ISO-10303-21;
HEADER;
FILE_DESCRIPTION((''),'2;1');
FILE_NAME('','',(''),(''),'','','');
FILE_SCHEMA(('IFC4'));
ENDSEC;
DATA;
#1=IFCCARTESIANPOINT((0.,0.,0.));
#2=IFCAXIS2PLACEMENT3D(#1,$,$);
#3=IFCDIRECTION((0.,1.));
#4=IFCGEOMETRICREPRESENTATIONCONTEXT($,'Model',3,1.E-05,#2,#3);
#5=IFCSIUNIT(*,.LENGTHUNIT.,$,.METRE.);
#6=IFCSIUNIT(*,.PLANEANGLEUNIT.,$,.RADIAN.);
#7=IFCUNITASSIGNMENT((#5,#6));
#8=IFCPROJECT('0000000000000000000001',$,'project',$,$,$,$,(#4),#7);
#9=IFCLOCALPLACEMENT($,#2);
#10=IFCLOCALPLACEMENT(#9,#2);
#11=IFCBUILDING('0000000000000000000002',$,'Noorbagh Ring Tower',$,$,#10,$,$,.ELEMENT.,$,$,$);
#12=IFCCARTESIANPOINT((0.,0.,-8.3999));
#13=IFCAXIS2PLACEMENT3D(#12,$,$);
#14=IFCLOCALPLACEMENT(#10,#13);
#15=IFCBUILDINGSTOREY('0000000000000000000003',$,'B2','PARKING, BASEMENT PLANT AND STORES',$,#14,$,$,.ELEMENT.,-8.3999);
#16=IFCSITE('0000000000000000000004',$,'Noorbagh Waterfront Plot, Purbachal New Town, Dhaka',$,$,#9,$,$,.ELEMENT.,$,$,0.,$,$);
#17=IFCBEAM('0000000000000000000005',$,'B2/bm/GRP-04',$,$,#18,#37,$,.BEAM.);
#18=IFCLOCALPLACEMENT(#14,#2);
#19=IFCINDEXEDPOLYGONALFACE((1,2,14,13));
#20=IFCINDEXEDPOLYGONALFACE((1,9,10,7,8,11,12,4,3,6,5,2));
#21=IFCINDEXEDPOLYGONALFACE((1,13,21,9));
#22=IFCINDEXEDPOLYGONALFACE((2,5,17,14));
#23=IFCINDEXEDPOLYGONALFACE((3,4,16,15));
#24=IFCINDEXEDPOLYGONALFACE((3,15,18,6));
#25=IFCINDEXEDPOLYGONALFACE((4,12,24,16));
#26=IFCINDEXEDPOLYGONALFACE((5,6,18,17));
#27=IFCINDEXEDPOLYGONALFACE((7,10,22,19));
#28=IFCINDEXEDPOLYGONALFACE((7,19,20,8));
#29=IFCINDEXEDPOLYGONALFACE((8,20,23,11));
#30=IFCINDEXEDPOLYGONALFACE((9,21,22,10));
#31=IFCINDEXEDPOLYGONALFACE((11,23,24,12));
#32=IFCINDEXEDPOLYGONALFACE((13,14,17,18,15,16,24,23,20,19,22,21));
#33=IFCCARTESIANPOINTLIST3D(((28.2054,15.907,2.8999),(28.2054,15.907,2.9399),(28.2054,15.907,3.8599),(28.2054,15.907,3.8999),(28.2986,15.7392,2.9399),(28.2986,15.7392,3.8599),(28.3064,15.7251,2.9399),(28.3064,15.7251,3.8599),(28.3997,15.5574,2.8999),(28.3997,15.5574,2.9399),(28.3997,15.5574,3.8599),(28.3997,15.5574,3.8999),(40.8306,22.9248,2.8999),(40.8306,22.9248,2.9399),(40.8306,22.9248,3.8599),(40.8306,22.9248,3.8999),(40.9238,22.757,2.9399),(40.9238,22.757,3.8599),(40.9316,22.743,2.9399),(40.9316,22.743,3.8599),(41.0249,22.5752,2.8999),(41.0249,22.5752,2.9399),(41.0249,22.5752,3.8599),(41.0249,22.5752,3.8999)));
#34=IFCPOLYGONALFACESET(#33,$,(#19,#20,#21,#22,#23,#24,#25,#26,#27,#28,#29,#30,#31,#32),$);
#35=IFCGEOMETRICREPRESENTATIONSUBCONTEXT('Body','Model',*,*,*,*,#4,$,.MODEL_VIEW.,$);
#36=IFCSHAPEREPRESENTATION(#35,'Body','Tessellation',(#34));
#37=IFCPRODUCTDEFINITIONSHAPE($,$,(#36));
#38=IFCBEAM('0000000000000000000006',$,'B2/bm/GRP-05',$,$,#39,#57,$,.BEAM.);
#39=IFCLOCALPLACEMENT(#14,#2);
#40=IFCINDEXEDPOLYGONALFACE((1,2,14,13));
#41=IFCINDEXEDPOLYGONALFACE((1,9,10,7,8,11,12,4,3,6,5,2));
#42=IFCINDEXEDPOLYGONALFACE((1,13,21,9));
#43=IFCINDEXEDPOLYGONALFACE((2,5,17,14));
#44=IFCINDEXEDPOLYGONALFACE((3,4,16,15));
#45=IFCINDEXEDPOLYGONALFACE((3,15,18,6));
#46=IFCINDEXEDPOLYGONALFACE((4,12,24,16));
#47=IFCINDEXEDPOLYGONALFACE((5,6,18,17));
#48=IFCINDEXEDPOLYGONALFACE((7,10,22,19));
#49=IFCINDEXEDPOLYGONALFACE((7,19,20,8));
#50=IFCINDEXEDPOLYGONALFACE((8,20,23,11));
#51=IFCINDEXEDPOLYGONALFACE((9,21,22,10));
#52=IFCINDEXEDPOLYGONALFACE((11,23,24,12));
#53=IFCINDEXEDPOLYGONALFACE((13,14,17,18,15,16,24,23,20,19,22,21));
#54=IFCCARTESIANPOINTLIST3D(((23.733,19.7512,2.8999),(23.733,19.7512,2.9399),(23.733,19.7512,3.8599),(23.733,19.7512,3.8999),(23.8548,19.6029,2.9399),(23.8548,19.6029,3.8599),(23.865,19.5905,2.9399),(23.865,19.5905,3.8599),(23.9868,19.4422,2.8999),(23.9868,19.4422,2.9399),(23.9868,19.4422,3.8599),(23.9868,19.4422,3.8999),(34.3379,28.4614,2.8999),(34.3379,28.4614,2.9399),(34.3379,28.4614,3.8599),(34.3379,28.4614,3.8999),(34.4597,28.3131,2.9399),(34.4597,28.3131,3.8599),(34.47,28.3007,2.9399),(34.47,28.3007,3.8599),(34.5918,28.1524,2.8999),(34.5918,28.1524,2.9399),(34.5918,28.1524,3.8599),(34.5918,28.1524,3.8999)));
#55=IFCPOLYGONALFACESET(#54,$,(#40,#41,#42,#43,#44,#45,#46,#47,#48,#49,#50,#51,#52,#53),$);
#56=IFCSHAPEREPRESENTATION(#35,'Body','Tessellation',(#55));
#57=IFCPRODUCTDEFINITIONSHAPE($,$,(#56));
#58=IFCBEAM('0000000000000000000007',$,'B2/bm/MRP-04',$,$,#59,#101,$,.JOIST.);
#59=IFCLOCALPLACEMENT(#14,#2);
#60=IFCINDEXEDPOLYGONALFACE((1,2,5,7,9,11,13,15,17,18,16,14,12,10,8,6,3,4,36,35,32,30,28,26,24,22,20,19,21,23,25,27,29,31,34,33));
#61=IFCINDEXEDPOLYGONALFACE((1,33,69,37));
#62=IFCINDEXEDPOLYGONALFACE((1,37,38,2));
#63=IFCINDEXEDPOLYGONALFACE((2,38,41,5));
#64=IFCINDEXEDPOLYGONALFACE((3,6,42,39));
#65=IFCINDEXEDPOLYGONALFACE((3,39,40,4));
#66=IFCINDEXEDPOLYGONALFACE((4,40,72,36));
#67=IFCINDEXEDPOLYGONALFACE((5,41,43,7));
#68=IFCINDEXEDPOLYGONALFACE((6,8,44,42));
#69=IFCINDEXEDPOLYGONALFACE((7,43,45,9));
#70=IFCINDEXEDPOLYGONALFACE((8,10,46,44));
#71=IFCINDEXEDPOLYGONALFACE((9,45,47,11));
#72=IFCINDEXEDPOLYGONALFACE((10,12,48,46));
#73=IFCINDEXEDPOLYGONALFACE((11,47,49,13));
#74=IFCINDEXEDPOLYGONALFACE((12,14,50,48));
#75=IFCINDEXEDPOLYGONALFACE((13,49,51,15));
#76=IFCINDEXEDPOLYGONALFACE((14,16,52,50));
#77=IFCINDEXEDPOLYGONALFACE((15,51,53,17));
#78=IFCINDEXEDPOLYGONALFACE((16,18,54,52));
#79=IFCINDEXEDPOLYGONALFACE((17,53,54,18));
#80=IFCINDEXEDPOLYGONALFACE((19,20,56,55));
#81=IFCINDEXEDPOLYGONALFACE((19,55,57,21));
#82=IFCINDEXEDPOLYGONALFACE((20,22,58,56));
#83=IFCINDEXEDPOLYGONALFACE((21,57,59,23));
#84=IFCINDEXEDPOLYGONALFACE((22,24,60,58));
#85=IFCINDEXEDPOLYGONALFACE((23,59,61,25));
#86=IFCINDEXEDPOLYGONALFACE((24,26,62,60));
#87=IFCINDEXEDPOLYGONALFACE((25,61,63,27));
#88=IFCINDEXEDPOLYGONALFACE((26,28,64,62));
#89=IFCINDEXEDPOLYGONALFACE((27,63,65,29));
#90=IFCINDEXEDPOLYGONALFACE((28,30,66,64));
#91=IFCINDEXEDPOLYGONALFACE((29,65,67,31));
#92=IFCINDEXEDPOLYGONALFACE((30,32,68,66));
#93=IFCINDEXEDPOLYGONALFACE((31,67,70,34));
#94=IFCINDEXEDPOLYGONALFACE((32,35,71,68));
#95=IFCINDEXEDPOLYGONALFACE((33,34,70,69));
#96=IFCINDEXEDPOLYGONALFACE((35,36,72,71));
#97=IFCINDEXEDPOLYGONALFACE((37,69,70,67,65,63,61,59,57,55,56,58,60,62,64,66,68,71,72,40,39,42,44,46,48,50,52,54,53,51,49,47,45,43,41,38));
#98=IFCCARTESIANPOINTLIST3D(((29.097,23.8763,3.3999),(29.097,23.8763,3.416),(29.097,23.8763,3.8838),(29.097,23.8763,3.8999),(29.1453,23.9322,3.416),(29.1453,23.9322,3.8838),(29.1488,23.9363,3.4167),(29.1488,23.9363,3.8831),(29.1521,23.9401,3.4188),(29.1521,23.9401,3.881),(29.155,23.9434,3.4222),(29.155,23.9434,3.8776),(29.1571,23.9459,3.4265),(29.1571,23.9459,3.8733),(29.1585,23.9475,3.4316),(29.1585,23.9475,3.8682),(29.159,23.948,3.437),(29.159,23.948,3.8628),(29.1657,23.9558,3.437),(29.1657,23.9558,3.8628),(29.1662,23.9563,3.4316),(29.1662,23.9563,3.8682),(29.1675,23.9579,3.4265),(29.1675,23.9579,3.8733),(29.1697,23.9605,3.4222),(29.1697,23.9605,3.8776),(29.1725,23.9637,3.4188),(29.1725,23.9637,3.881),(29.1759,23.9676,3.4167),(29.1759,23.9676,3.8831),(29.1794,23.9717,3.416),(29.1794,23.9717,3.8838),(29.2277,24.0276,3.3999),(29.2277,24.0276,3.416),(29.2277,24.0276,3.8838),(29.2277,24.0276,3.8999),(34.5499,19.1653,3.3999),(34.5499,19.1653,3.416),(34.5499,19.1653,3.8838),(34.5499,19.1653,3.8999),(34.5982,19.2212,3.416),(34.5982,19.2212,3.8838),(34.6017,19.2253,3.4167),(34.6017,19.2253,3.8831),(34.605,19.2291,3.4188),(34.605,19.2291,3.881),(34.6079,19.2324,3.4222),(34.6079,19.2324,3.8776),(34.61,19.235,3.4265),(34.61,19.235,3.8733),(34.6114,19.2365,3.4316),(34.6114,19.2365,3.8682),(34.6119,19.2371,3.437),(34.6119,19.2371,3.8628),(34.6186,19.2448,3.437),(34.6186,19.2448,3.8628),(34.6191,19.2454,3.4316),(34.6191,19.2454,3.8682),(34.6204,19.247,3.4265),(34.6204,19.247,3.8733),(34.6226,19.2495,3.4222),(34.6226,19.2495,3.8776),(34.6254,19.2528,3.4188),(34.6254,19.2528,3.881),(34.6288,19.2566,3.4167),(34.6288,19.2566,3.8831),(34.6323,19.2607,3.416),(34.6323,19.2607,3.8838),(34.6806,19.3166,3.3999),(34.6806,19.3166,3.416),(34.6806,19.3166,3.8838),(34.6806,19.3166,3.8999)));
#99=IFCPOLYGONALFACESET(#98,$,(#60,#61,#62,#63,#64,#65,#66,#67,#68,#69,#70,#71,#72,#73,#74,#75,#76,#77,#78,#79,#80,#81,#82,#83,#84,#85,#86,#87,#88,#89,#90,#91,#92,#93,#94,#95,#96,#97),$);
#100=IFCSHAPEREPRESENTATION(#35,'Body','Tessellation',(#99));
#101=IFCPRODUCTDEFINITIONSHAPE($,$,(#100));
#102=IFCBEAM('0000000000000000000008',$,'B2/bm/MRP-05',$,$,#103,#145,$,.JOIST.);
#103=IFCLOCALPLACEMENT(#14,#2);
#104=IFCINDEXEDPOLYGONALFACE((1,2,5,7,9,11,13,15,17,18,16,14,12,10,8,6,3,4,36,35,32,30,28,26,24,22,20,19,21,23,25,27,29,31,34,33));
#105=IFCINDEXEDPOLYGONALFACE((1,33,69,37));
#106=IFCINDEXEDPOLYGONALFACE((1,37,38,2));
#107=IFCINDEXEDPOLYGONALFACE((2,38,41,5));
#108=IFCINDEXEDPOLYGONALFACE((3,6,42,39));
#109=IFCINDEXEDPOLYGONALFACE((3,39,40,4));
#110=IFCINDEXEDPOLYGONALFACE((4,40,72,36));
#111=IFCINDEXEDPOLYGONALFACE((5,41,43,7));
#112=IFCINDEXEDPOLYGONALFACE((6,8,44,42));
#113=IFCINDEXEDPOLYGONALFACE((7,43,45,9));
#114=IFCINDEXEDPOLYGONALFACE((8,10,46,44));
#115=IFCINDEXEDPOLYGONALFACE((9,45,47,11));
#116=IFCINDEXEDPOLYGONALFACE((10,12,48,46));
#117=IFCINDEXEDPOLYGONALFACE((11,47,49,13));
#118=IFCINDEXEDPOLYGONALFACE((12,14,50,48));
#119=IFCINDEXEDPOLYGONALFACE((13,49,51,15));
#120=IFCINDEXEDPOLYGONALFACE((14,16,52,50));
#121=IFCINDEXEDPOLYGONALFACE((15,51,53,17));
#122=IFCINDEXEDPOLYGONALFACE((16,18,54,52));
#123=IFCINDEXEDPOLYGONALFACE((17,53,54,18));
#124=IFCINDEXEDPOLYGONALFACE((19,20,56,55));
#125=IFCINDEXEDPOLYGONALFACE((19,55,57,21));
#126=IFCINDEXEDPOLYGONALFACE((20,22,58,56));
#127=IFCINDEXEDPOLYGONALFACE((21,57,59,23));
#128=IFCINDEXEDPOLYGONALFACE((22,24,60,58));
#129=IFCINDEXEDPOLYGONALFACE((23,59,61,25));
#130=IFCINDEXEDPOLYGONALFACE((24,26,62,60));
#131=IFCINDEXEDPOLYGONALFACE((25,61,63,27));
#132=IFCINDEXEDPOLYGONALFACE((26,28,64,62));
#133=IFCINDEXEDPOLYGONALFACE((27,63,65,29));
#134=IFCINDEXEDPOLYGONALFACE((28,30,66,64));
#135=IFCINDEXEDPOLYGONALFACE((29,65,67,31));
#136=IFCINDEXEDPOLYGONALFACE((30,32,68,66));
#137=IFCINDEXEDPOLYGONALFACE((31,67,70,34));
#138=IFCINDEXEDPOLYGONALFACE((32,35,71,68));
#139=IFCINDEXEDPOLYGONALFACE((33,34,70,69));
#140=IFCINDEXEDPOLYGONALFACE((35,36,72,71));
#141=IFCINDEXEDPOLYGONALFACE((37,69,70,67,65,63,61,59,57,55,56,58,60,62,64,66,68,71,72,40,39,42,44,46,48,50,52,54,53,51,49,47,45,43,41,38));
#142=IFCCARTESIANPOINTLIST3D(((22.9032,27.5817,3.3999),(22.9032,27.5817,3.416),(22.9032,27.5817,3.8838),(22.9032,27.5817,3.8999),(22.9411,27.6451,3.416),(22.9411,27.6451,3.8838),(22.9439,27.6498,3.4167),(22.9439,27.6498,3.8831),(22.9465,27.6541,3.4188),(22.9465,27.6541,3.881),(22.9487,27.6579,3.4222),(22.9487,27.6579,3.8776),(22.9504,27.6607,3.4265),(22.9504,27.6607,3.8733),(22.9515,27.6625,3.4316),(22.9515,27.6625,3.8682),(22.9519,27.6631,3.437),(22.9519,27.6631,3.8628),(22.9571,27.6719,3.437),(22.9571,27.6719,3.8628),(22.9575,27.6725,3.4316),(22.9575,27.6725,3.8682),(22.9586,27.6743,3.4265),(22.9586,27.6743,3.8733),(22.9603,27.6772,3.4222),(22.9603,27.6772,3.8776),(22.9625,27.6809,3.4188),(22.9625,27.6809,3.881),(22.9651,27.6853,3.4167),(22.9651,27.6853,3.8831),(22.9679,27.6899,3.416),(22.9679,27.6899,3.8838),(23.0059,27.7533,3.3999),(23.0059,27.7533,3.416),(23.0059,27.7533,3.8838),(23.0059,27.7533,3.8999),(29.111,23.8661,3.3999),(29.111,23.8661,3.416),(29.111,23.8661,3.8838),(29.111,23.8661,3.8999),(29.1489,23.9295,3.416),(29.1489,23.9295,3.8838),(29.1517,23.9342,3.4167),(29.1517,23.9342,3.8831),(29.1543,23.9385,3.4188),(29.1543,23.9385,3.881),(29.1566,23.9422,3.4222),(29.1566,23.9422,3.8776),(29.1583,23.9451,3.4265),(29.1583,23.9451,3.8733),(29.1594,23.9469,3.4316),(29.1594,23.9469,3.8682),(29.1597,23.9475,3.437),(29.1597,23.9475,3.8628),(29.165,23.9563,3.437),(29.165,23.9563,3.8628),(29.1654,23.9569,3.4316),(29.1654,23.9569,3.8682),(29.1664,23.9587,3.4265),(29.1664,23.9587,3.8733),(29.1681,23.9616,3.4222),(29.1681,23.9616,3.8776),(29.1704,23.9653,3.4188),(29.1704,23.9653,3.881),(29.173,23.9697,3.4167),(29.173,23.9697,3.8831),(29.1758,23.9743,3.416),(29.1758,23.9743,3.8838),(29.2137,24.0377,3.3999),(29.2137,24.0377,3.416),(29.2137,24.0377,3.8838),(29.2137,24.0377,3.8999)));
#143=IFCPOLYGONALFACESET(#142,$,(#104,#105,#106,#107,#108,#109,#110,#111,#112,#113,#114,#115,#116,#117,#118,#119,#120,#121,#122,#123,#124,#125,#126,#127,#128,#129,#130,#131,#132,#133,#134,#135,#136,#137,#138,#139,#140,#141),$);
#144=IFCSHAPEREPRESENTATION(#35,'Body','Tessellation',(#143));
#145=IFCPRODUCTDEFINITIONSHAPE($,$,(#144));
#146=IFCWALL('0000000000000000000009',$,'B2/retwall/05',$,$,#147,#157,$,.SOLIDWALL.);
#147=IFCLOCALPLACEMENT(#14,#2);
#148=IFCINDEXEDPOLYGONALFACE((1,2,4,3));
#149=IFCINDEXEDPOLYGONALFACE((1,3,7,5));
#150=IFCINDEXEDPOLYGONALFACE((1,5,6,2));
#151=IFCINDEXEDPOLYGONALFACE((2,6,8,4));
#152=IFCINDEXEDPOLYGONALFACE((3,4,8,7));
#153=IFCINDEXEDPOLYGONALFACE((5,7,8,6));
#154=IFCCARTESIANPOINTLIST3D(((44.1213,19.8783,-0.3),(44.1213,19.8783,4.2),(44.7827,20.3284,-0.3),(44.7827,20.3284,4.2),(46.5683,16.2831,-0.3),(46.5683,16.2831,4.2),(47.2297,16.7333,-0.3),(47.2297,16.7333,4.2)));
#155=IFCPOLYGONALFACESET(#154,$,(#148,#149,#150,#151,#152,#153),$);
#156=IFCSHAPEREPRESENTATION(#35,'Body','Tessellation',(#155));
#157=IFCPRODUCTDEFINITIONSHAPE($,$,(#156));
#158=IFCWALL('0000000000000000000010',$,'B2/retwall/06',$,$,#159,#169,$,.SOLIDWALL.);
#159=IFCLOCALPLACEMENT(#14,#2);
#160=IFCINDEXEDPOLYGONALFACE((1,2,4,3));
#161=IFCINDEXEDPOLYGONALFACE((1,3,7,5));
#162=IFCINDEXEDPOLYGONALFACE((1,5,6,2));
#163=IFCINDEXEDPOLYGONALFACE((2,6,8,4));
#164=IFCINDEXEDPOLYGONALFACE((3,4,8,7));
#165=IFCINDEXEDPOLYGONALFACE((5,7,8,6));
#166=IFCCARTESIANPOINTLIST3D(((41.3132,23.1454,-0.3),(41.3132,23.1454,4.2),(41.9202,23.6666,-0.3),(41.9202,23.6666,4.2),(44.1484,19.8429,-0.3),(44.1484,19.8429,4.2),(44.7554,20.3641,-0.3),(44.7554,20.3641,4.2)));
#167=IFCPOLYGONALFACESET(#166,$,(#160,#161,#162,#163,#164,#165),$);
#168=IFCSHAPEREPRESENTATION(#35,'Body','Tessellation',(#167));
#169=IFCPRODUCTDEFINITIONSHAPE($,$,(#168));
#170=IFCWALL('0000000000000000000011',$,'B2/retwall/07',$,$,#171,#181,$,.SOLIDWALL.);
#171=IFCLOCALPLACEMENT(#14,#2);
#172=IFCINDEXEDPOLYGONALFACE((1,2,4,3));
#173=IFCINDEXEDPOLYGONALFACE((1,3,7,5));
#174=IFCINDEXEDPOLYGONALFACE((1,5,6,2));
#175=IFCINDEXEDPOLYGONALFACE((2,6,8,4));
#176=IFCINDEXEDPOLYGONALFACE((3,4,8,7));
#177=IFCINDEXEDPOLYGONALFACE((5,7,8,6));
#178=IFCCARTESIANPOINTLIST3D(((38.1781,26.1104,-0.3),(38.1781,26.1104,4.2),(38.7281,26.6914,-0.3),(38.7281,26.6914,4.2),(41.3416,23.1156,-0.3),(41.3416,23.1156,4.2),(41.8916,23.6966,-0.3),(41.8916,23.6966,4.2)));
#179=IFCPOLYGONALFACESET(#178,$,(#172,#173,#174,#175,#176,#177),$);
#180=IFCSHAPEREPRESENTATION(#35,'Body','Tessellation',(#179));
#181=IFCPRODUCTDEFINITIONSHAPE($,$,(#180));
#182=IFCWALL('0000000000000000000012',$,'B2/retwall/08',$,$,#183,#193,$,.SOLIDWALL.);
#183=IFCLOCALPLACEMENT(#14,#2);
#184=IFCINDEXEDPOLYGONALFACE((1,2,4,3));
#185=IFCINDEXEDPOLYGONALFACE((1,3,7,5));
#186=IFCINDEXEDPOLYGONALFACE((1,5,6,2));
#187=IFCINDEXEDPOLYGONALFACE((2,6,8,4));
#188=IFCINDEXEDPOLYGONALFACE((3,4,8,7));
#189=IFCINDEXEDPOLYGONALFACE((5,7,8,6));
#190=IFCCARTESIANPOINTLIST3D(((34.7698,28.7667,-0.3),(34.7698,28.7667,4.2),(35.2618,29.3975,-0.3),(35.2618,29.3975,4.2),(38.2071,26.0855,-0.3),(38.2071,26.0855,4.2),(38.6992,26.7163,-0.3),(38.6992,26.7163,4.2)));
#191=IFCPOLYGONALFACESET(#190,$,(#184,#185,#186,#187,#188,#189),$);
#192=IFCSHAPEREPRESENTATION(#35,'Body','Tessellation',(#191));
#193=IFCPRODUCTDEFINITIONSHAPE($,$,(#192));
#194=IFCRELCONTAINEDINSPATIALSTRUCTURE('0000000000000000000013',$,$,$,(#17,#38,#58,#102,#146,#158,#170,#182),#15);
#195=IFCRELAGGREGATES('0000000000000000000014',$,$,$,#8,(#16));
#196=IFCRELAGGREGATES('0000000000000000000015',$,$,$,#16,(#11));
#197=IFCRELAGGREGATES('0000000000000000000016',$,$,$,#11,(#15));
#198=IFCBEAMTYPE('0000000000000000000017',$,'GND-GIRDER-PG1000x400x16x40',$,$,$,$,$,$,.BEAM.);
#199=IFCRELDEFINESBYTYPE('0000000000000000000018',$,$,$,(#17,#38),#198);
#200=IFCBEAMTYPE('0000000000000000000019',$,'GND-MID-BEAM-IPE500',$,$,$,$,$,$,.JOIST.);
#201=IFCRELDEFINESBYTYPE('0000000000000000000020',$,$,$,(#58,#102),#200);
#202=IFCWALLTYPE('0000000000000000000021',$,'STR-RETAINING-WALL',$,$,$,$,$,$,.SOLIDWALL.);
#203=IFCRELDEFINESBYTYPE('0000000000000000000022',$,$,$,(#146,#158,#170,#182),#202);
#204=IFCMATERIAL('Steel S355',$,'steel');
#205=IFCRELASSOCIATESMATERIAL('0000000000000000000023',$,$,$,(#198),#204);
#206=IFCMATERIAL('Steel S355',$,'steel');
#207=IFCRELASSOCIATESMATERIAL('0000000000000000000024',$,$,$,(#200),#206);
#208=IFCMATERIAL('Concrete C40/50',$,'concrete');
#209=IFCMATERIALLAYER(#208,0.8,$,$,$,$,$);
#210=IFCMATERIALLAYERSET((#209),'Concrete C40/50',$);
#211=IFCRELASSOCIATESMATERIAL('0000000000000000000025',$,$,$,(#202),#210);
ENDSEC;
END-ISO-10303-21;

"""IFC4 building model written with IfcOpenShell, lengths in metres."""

from ifc_helpers import new_model, si_unit, direction, frame, frame_2d, origin, origin_2d, place, context, subcontext, project, spatial, rectangle, i_section, extrude, material, layer, layer_set, material_profile, profile_set, type_object, element, save


model = new_model("IFC4")

# Units and contexts
model_context = context("Model", 3, precision=1e-05, world=origin(), true_north=direction((0.0, 1.0)))
body_context = subcontext(model_context, "Body", "Model", "MODEL_VIEW")
ifc_project = project(units=[si_unit("LENGTHUNIT", "METRE"), si_unit("PLANEANGLEUNIT", "RADIAN")], contexts=[model_context])

# Site, building, storey
site_placement = place(None, origin())
site = spatial("IfcSite", under=ifc_project, at=site_placement, Name="Noorbagh Waterfront Plot, Purbachal New Town, Dhaka", CompositionType="ELEMENT", RefElevation=0.0)
building_placement = place(site_placement, origin())
building = spatial("IfcBuilding", under=site, at=building_placement, Name="Noorbagh Ring Tower", CompositionType="ELEMENT")
storey_placement = place(building_placement, frame((0.0, 0.0, -8.3999)))
storey = spatial("IfcBuildingStorey", under=building, at=storey_placement, Name="B2", Description="PARKING, BASEMENT PLANT AND STORES", CompositionType="ELEMENT", Elevation=-8.3999)

# Beams
ifc_material_1 = material(Name="Steel S355", Category="steel")
ifc_material_profile_1 = material_profile(ifc_material_1, i_section(OverallWidth=0.3999, OverallDepth=1.0, WebThickness=0.0161, FlangeThickness=0.04, at=origin_2d()), Name="PG1000x400x16x40")
ifc_profile_set_1 = profile_set([ifc_material_profile_1], Name="Steel S355")
beam_type_1 = type_object("IfcBeamType", Name="GND-GIRDER-PG1000x400x16x40", PredefinedType="BEAM", material=ifc_profile_set_1)
beam_1_placement = place(storey_placement, frame((40.9277, 22.75, 3.3999), z_axis=(-0.874046, -0.485844, 0.0), x_axis=(0.485844, -0.874046, 0.0)))
element("IfcBeam", 1, at=beam_1_placement, inside=storey, type_object=beam_type_1, Name="B2/bm/GRP-04", PredefinedType="BEAM", context=body_context, shape_type="SweptSolid", body=[
    extrude(i_section(OverallWidth=0.3999, OverallDepth=1.0, WebThickness=0.0161, FlangeThickness=0.04, at=origin_2d()), origin(), (0.0, 0.0, 1.0), 14.4446),
])
beam_2_placement = place(storey_placement, frame((34.4648, 28.3069, 3.3999), z_axis=(-0.772763, -0.634695, 0.0), x_axis=(0.634695, -0.772763, 0.0)))
element("IfcBeam", 2, at=beam_2_placement, inside=storey, type_object=beam_type_1, Name="B2/bm/GRP-05", PredefinedType="BEAM", context=body_context, shape_type="SweptSolid", body=[
    extrude(i_section(OverallWidth=0.3999, OverallDepth=1.0, WebThickness=0.0161, FlangeThickness=0.04, at=origin_2d()), origin(), (0.0, 0.0, 1.0), 13.7234),
])
ifc_material_2 = material(Name="Steel S355", Category="steel")
ifc_material_profile_2 = material_profile(ifc_material_2, i_section(OverallWidth=0.2, OverallDepth=0.5, WebThickness=0.0103, FlangeThickness=0.0161, FilletRadius=0.021, at=origin_2d()), Name="IPE500")
ifc_profile_set_2 = profile_set([ifc_material_profile_2], Name="Steel S355")
beam_type_2 = type_object("IfcBeamType", Name="GND-MID-BEAM-IPE500", PredefinedType="JOIST", material=ifc_profile_set_2)
beam_3_placement = place(storey_placement, frame((34.6152, 19.241, 3.6499), z_axis=(-0.756711, 0.65375, 0.0), x_axis=(-0.65375, -0.756711, 0.0)))
element("IfcBeam", 3, at=beam_3_placement, inside=storey, type_object=beam_type_2, Name="B2/bm/MRP-04", PredefinedType="JOIST", context=body_context, shape_type="SweptSolid", body=[
    extrude(i_section(OverallWidth=0.2, OverallDepth=0.5, WebThickness=0.0103, FlangeThickness=0.0161, FilletRadius=0.021, at=origin_2d()), origin(), (0.0, 0.0, 1.0), 7.2061),
])
beam_4_placement = place(storey_placement, frame((29.1624, 23.9519, 3.6499), z_axis=(-0.858046, 0.513572, 0.0), x_axis=(-0.513572, -0.858046, 0.0)))
element("IfcBeam", 4, at=beam_4_placement, inside=storey, type_object=beam_type_2, Name="B2/bm/MRP-05", PredefinedType="JOIST", context=body_context, shape_type="SweptSolid", body=[
    extrude(i_section(OverallWidth=0.2, OverallDepth=0.5, WebThickness=0.0103, FlangeThickness=0.0161, FilletRadius=0.021, at=origin_2d()), origin(), (0.0, 0.0, 1.0), 7.2349),
])

# Walls
ifc_material_3 = material(Name="Concrete C40/50", Category="concrete")
ifc_layer = layer(ifc_material_3, 0.8)
ifc_layer_set = layer_set([ifc_layer], Name="Concrete C40/50")
wall_type = type_object("IfcWallType", Name="STR-RETAINING-WALL", PredefinedType="SOLIDWALL", material=ifc_layer_set)
wall_1_placement = place(storey_placement, frame((46.8989, 16.5083, -0.3), z_axis=(0.0, 0.0, 1.0), x_axis=(-0.562668, 0.826683, 0.0)))
element("IfcWall", 5, at=wall_1_placement, inside=storey, type_object=wall_type, Name="B2/retwall/05", PredefinedType="SOLIDWALL", context=body_context, shape_type="SweptSolid", body=[
    extrude(rectangle(XDim=4.3489, YDim=0.8, at=frame_2d((2.1743, 0.0))), origin(), (0.0, 0.0, 1.0), 4.5),
])
wall_2_placement = place(storey_placement, frame((44.4519, 20.1035, -0.3), z_axis=(0.0, 0.0, 1.0), x_axis=(-0.651387, 0.758746, 0.0)))
element("IfcWall", 6, at=wall_2_placement, inside=storey, type_object=wall_type, Name="B2/retwall/06", PredefinedType="SOLIDWALL", context=body_context, shape_type="SweptSolid", body=[
    extrude(rectangle(XDim=4.3525, YDim=0.8, at=frame_2d((2.1763, 0.0))), origin(), (0.0, 0.0, 1.0), 4.5),
])
wall_3_placement = place(storey_placement, frame((41.6167, 23.406, -0.3), z_axis=(0.0, 0.0, 1.0), x_axis=(-0.726204, 0.687479, 0.0)))
element("IfcWall", 7, at=wall_3_placement, inside=storey, type_object=wall_type, Name="B2/retwall/07", PredefinedType="SOLIDWALL", context=body_context, shape_type="SweptSolid", body=[
    extrude(rectangle(XDim=4.3562, YDim=0.8, at=frame_2d((2.1782, 0.0))), origin(), (0.0, 0.0, 1.0), 4.5),
])
wall_4_placement = place(storey_placement, frame((38.4531, 26.4009, -0.3), z_axis=(0.0, 0.0, 1.0), x_axis=(-0.788492, 0.615045, 0.0)))
element("IfcWall", 8, at=wall_4_placement, inside=storey, type_object=wall_type, Name="B2/retwall/08", PredefinedType="SOLIDWALL", context=body_context, shape_type="SweptSolid", body=[
    extrude(rectangle(XDim=4.3594, YDim=0.8, at=frame_2d((2.1797, 0.0))), origin(), (0.0, 0.0, 1.0), 4.5),
])

save(model, "model.ifc")
